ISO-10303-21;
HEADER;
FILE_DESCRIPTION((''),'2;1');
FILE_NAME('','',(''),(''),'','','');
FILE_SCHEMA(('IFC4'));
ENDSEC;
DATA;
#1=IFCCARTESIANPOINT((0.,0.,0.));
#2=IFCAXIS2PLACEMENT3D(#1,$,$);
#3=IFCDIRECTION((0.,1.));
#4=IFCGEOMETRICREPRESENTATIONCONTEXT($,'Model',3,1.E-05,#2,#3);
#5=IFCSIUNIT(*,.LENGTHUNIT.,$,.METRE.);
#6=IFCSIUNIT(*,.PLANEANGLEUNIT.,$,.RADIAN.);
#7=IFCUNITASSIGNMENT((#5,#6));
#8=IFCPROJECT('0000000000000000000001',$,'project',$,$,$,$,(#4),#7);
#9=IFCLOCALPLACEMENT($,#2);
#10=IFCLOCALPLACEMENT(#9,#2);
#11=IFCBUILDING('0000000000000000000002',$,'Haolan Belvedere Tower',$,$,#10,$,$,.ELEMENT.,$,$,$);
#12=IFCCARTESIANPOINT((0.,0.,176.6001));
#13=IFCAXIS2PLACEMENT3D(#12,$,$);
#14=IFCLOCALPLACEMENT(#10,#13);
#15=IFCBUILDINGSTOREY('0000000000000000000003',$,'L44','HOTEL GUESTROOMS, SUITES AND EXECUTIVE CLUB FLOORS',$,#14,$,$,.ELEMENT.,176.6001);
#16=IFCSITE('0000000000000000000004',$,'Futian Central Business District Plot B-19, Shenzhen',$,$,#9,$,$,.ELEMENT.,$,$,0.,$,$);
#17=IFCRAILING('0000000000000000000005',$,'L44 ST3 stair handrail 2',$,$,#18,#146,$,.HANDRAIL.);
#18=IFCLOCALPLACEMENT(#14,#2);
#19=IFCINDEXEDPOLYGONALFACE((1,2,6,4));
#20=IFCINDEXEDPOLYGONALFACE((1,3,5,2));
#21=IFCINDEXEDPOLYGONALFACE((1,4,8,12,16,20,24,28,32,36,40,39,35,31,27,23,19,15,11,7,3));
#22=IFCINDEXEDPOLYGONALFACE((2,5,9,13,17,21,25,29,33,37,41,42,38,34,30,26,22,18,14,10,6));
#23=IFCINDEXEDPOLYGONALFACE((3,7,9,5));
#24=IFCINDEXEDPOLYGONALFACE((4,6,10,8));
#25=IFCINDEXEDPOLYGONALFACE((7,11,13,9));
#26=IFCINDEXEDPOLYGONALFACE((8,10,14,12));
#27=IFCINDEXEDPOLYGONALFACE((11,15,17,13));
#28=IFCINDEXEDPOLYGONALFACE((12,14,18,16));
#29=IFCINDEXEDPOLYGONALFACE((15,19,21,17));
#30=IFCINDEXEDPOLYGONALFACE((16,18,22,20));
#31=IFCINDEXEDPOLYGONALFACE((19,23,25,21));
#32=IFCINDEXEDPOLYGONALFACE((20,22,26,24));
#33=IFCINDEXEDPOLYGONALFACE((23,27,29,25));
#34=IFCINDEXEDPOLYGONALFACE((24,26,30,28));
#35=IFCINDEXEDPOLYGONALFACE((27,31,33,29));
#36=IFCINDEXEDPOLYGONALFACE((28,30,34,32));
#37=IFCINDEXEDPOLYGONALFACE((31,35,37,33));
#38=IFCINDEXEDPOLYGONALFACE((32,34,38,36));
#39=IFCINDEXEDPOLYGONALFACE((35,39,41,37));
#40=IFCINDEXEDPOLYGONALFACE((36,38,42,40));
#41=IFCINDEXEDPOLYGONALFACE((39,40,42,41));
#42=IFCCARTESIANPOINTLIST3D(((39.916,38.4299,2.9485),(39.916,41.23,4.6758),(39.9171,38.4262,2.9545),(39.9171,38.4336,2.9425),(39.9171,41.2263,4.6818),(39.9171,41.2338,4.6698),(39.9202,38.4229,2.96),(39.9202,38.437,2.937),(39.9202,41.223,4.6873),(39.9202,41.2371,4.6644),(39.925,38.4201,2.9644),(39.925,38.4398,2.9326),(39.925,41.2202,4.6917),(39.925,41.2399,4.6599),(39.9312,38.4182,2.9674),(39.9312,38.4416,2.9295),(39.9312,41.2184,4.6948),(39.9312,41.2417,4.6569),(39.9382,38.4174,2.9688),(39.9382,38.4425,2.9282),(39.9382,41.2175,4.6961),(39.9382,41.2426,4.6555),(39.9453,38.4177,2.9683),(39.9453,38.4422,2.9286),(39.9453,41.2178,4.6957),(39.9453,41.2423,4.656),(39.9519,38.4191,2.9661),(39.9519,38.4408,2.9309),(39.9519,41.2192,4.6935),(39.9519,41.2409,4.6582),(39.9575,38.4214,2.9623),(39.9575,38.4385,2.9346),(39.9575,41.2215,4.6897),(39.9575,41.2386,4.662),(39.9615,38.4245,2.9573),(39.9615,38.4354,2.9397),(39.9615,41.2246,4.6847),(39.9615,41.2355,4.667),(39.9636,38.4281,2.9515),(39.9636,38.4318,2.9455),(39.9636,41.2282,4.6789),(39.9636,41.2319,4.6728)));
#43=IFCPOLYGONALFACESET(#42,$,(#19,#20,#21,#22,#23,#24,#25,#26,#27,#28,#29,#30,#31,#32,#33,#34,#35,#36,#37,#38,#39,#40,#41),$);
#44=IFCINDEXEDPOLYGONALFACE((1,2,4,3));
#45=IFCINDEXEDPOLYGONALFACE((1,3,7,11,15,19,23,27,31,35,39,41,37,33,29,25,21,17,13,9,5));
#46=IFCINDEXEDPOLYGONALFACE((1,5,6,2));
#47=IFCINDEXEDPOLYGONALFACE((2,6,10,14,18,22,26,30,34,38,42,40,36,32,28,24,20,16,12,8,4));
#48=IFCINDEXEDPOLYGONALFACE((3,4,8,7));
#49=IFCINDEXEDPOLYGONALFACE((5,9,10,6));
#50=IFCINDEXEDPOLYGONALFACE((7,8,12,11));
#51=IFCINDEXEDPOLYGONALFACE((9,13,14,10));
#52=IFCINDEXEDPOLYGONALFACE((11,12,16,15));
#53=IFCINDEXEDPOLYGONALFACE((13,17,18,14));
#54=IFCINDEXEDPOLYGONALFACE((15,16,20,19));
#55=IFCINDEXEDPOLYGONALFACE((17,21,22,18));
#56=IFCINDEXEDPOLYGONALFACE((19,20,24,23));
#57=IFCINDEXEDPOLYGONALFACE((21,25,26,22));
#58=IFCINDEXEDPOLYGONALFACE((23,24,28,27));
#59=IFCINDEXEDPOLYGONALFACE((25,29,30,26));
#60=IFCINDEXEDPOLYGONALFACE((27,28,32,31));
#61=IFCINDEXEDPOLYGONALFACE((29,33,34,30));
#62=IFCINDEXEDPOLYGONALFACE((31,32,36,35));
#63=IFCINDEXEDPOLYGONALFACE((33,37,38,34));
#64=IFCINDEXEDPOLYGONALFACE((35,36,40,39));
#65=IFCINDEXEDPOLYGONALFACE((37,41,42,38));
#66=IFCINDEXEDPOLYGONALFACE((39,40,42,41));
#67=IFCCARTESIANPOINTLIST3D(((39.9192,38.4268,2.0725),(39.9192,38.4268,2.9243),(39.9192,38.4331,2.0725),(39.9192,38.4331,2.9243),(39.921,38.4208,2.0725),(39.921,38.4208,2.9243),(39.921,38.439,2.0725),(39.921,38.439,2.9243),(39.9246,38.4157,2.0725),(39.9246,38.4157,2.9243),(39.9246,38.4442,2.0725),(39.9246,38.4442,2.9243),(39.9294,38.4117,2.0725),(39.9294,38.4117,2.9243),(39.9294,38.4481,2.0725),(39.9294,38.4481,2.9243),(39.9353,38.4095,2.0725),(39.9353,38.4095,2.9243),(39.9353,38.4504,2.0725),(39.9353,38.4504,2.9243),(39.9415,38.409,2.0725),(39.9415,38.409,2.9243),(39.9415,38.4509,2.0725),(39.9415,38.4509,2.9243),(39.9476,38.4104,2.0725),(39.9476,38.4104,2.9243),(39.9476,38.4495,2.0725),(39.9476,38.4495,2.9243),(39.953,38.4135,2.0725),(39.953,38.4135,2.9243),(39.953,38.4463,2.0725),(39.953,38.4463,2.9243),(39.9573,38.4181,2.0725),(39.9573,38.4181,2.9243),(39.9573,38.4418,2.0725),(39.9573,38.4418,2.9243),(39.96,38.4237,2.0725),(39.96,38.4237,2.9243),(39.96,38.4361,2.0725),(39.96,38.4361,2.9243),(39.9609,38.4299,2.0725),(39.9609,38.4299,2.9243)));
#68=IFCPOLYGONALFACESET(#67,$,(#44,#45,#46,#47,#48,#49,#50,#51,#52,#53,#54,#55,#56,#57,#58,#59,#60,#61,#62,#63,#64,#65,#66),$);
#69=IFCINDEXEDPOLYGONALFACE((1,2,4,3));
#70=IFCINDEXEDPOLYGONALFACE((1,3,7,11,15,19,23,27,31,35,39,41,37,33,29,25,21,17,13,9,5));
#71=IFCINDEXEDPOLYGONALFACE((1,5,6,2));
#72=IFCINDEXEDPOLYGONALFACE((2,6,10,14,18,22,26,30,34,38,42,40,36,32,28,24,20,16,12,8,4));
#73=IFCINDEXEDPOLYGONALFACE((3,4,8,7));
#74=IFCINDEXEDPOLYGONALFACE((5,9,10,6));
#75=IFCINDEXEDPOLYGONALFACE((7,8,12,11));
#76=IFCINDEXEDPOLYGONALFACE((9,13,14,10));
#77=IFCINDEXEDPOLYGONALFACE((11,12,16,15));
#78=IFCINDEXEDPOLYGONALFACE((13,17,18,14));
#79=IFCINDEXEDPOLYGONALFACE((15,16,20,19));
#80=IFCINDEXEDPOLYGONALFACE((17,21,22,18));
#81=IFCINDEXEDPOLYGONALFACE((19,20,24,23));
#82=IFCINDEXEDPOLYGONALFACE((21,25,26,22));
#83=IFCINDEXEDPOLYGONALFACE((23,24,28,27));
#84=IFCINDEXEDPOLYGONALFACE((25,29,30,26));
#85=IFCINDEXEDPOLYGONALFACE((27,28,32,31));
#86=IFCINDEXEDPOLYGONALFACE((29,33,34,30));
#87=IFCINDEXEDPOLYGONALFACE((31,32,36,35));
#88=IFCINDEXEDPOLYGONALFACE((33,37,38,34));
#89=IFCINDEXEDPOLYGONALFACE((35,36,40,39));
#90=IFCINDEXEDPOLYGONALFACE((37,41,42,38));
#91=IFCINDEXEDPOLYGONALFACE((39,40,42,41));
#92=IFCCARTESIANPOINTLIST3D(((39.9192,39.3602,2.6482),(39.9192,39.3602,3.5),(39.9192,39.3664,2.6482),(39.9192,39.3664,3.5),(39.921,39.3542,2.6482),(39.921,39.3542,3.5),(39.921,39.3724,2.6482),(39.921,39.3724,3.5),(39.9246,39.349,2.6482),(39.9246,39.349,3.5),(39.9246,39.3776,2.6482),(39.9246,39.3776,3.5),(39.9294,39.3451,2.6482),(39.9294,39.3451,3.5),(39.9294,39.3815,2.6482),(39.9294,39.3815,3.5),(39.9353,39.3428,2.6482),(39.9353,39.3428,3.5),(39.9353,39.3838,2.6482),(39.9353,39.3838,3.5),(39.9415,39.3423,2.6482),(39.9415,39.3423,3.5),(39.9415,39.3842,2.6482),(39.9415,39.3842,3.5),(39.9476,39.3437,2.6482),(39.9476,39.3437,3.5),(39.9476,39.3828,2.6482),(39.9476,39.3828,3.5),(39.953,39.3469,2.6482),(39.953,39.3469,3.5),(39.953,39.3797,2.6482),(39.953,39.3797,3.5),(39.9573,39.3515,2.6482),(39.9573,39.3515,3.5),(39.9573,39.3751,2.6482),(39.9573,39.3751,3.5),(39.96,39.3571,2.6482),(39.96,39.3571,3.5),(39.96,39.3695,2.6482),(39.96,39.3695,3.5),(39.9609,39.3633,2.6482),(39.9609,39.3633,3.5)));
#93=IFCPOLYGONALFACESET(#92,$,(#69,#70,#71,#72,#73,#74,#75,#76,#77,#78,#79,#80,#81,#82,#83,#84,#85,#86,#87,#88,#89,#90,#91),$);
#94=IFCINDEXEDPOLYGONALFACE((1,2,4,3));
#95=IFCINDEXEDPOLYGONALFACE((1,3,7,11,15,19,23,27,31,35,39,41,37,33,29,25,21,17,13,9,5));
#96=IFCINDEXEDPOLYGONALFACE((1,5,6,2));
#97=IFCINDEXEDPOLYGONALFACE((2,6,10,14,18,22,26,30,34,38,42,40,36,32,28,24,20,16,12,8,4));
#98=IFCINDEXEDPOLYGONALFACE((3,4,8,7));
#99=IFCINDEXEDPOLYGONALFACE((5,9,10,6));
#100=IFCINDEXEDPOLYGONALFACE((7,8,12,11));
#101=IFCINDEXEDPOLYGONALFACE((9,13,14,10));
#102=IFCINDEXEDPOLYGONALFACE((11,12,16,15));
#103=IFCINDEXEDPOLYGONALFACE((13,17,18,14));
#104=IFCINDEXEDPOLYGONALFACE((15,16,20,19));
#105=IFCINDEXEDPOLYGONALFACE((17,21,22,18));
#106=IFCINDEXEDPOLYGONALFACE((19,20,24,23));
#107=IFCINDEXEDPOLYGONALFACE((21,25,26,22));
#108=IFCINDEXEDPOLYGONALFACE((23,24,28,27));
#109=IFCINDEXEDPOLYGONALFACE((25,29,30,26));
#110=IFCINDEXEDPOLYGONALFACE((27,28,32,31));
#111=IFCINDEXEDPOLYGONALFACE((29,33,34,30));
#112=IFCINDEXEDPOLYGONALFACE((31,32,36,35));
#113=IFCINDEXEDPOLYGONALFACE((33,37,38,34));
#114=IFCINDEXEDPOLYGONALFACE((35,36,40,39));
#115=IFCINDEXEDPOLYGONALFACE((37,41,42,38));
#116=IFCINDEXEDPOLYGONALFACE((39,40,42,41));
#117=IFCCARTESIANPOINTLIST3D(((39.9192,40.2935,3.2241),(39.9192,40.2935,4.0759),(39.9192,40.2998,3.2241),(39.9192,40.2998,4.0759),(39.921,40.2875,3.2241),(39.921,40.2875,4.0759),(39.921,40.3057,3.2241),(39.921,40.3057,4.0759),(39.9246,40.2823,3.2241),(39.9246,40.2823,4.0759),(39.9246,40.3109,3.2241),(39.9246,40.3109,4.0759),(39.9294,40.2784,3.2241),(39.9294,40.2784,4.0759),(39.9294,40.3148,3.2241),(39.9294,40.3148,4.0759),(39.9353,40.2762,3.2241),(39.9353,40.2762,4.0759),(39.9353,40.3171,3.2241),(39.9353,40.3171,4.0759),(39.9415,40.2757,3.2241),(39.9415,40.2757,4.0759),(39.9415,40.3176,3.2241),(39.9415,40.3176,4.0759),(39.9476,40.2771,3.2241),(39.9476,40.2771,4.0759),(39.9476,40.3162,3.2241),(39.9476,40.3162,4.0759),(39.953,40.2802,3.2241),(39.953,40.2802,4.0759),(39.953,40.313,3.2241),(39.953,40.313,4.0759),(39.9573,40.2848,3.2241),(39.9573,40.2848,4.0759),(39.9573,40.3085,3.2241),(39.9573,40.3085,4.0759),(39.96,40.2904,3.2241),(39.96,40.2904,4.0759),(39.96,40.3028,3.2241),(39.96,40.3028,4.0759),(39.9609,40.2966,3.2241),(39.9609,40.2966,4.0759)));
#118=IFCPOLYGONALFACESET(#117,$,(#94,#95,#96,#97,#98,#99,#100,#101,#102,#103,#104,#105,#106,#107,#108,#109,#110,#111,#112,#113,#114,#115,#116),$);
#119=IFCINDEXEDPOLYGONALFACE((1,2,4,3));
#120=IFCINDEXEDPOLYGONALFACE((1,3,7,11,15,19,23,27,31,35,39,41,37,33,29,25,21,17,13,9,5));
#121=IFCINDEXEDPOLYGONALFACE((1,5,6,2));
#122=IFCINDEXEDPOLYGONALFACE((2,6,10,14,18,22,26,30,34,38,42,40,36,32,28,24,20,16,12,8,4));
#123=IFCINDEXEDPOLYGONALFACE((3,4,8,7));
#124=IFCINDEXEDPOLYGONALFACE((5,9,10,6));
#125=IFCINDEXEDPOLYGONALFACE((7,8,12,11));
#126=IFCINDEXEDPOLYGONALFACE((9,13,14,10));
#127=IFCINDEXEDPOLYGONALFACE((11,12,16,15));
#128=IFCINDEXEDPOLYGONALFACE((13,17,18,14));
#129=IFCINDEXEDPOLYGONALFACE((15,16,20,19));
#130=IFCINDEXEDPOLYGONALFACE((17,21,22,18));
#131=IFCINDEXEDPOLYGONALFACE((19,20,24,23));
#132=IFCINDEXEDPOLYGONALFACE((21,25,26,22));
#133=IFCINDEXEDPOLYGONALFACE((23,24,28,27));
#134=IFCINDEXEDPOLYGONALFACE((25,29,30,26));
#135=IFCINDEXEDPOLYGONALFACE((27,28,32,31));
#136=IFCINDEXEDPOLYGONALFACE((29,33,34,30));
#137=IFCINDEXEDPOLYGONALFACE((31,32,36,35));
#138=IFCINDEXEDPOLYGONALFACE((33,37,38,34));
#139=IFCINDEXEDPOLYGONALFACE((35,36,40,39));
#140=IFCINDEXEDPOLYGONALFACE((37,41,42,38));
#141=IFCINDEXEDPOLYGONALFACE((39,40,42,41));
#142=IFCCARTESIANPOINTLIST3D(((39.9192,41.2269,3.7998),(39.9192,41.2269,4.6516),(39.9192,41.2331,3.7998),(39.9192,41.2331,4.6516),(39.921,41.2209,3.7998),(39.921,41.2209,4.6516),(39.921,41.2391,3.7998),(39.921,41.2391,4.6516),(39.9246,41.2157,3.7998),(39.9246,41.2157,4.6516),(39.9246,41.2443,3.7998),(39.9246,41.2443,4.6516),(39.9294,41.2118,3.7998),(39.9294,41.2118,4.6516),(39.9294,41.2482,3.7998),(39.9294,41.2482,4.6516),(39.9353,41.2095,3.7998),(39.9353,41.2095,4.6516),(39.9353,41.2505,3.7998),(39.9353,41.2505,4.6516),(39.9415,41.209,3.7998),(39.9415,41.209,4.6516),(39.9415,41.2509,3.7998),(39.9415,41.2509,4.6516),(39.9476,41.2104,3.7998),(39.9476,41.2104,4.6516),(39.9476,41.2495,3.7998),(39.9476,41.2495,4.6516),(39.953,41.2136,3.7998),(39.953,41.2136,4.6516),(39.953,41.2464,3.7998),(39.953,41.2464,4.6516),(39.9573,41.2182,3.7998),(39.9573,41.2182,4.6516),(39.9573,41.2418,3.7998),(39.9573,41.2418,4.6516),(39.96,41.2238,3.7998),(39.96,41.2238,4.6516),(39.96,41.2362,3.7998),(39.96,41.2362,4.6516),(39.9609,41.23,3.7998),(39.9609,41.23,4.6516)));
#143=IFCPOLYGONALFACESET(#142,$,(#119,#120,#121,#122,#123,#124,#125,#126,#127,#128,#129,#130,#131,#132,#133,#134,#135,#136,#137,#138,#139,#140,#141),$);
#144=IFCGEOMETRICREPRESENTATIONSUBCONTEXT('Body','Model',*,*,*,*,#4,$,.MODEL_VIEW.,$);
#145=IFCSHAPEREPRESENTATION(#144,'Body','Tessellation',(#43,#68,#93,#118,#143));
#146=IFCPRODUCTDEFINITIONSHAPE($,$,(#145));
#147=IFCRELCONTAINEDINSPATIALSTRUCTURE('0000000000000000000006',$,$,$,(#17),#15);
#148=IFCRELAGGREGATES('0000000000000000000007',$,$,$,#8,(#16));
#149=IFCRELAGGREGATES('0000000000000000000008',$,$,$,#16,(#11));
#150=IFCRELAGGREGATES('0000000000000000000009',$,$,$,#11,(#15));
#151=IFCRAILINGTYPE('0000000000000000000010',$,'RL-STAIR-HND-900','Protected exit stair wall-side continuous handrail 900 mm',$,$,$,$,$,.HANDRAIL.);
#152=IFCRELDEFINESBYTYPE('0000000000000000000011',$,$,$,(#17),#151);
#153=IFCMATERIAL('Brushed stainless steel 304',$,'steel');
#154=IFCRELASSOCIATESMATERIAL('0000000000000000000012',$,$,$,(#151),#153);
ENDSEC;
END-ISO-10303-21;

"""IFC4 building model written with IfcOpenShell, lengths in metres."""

from ifc_helpers import new_model, si_unit, direction, frame, origin, origin_2d, place, context, subcontext, project, spatial, circle, extrude, material, type_object, element, save


model = new_model("IFC4")

# Units and contexts
model_context = context("Model", 3, precision=1e-05, world=origin(), true_north=direction((0.0, 1.0)))
body_context = subcontext(model_context, "Body", "Model", "MODEL_VIEW")
ifc_project = project(units=[si_unit("LENGTHUNIT", "METRE"), si_unit("PLANEANGLEUNIT", "RADIAN")], contexts=[model_context])

# Site, building, storey
site_placement = place(None, origin())
site = spatial("IfcSite", under=ifc_project, at=site_placement, Name="Futian Central Business District Plot B-19, Shenzhen", CompositionType="ELEMENT", RefElevation=0.0)
building_placement = place(site_placement, origin())
building = spatial("IfcBuilding", under=site, at=building_placement, Name="Haolan Belvedere Tower", CompositionType="ELEMENT")
storey_placement = place(building_placement, frame((0.0, 0.0, 176.6001)))
storey = spatial("IfcBuildingStorey", under=building, at=storey_placement, Name="L44", Description="HOTEL GUESTROOMS, SUITES AND EXECUTIVE CLUB FLOORS", CompositionType="ELEMENT", Elevation=176.6001)

# Railing
ifc_material_1 = material(Name="Brushed stainless steel 304", Category="steel")
railing_type_1 = type_object("IfcRailingType", Name="RL-STAIR-HND-900", Description="Protected exit stair wall-side continuous handrail 900 mm", PredefinedType="HANDRAIL", material=ifc_material_1)
railing_1_placement = place(storey_placement, frame((39.9399, 38.4299, 2.0725)))
element("IfcRailing", 1, at=railing_1_placement, inside=storey, type_object=railing_type_1, Name="L44 ST3 stair handrail 2", PredefinedType="HANDRAIL", context=body_context, shape_type="SweptSolid", body=[
    extrude(circle(Radius=0.0239, at=origin_2d()), frame((0.0, 0.0, 0.876), z_axis=(0.0, 0.85109, 0.52502), x_axis=(-1.0, 0.0, 0.0)), (0.0, 0.0, 1.0), 3.29),
    extrude(circle(Radius=0.021, at=origin_2d()), origin(), (0.0, 0.0, 1.0), 0.8518),
    extrude(circle(Radius=0.021, at=origin_2d()), frame((0.0, 0.9333, 0.5757)), (0.0, 0.0, 1.0), 0.8518),
    extrude(circle(Radius=0.021, at=origin_2d()), frame((0.0, 1.8667, 1.1516)), (0.0, 0.0, 1.0), 0.8518),
    extrude(circle(Radius=0.021, at=origin_2d()), frame((0.0, 2.8, 1.7273)), (0.0, 0.0, 1.0), 0.8518),
])

save(model, "model.ifc")
